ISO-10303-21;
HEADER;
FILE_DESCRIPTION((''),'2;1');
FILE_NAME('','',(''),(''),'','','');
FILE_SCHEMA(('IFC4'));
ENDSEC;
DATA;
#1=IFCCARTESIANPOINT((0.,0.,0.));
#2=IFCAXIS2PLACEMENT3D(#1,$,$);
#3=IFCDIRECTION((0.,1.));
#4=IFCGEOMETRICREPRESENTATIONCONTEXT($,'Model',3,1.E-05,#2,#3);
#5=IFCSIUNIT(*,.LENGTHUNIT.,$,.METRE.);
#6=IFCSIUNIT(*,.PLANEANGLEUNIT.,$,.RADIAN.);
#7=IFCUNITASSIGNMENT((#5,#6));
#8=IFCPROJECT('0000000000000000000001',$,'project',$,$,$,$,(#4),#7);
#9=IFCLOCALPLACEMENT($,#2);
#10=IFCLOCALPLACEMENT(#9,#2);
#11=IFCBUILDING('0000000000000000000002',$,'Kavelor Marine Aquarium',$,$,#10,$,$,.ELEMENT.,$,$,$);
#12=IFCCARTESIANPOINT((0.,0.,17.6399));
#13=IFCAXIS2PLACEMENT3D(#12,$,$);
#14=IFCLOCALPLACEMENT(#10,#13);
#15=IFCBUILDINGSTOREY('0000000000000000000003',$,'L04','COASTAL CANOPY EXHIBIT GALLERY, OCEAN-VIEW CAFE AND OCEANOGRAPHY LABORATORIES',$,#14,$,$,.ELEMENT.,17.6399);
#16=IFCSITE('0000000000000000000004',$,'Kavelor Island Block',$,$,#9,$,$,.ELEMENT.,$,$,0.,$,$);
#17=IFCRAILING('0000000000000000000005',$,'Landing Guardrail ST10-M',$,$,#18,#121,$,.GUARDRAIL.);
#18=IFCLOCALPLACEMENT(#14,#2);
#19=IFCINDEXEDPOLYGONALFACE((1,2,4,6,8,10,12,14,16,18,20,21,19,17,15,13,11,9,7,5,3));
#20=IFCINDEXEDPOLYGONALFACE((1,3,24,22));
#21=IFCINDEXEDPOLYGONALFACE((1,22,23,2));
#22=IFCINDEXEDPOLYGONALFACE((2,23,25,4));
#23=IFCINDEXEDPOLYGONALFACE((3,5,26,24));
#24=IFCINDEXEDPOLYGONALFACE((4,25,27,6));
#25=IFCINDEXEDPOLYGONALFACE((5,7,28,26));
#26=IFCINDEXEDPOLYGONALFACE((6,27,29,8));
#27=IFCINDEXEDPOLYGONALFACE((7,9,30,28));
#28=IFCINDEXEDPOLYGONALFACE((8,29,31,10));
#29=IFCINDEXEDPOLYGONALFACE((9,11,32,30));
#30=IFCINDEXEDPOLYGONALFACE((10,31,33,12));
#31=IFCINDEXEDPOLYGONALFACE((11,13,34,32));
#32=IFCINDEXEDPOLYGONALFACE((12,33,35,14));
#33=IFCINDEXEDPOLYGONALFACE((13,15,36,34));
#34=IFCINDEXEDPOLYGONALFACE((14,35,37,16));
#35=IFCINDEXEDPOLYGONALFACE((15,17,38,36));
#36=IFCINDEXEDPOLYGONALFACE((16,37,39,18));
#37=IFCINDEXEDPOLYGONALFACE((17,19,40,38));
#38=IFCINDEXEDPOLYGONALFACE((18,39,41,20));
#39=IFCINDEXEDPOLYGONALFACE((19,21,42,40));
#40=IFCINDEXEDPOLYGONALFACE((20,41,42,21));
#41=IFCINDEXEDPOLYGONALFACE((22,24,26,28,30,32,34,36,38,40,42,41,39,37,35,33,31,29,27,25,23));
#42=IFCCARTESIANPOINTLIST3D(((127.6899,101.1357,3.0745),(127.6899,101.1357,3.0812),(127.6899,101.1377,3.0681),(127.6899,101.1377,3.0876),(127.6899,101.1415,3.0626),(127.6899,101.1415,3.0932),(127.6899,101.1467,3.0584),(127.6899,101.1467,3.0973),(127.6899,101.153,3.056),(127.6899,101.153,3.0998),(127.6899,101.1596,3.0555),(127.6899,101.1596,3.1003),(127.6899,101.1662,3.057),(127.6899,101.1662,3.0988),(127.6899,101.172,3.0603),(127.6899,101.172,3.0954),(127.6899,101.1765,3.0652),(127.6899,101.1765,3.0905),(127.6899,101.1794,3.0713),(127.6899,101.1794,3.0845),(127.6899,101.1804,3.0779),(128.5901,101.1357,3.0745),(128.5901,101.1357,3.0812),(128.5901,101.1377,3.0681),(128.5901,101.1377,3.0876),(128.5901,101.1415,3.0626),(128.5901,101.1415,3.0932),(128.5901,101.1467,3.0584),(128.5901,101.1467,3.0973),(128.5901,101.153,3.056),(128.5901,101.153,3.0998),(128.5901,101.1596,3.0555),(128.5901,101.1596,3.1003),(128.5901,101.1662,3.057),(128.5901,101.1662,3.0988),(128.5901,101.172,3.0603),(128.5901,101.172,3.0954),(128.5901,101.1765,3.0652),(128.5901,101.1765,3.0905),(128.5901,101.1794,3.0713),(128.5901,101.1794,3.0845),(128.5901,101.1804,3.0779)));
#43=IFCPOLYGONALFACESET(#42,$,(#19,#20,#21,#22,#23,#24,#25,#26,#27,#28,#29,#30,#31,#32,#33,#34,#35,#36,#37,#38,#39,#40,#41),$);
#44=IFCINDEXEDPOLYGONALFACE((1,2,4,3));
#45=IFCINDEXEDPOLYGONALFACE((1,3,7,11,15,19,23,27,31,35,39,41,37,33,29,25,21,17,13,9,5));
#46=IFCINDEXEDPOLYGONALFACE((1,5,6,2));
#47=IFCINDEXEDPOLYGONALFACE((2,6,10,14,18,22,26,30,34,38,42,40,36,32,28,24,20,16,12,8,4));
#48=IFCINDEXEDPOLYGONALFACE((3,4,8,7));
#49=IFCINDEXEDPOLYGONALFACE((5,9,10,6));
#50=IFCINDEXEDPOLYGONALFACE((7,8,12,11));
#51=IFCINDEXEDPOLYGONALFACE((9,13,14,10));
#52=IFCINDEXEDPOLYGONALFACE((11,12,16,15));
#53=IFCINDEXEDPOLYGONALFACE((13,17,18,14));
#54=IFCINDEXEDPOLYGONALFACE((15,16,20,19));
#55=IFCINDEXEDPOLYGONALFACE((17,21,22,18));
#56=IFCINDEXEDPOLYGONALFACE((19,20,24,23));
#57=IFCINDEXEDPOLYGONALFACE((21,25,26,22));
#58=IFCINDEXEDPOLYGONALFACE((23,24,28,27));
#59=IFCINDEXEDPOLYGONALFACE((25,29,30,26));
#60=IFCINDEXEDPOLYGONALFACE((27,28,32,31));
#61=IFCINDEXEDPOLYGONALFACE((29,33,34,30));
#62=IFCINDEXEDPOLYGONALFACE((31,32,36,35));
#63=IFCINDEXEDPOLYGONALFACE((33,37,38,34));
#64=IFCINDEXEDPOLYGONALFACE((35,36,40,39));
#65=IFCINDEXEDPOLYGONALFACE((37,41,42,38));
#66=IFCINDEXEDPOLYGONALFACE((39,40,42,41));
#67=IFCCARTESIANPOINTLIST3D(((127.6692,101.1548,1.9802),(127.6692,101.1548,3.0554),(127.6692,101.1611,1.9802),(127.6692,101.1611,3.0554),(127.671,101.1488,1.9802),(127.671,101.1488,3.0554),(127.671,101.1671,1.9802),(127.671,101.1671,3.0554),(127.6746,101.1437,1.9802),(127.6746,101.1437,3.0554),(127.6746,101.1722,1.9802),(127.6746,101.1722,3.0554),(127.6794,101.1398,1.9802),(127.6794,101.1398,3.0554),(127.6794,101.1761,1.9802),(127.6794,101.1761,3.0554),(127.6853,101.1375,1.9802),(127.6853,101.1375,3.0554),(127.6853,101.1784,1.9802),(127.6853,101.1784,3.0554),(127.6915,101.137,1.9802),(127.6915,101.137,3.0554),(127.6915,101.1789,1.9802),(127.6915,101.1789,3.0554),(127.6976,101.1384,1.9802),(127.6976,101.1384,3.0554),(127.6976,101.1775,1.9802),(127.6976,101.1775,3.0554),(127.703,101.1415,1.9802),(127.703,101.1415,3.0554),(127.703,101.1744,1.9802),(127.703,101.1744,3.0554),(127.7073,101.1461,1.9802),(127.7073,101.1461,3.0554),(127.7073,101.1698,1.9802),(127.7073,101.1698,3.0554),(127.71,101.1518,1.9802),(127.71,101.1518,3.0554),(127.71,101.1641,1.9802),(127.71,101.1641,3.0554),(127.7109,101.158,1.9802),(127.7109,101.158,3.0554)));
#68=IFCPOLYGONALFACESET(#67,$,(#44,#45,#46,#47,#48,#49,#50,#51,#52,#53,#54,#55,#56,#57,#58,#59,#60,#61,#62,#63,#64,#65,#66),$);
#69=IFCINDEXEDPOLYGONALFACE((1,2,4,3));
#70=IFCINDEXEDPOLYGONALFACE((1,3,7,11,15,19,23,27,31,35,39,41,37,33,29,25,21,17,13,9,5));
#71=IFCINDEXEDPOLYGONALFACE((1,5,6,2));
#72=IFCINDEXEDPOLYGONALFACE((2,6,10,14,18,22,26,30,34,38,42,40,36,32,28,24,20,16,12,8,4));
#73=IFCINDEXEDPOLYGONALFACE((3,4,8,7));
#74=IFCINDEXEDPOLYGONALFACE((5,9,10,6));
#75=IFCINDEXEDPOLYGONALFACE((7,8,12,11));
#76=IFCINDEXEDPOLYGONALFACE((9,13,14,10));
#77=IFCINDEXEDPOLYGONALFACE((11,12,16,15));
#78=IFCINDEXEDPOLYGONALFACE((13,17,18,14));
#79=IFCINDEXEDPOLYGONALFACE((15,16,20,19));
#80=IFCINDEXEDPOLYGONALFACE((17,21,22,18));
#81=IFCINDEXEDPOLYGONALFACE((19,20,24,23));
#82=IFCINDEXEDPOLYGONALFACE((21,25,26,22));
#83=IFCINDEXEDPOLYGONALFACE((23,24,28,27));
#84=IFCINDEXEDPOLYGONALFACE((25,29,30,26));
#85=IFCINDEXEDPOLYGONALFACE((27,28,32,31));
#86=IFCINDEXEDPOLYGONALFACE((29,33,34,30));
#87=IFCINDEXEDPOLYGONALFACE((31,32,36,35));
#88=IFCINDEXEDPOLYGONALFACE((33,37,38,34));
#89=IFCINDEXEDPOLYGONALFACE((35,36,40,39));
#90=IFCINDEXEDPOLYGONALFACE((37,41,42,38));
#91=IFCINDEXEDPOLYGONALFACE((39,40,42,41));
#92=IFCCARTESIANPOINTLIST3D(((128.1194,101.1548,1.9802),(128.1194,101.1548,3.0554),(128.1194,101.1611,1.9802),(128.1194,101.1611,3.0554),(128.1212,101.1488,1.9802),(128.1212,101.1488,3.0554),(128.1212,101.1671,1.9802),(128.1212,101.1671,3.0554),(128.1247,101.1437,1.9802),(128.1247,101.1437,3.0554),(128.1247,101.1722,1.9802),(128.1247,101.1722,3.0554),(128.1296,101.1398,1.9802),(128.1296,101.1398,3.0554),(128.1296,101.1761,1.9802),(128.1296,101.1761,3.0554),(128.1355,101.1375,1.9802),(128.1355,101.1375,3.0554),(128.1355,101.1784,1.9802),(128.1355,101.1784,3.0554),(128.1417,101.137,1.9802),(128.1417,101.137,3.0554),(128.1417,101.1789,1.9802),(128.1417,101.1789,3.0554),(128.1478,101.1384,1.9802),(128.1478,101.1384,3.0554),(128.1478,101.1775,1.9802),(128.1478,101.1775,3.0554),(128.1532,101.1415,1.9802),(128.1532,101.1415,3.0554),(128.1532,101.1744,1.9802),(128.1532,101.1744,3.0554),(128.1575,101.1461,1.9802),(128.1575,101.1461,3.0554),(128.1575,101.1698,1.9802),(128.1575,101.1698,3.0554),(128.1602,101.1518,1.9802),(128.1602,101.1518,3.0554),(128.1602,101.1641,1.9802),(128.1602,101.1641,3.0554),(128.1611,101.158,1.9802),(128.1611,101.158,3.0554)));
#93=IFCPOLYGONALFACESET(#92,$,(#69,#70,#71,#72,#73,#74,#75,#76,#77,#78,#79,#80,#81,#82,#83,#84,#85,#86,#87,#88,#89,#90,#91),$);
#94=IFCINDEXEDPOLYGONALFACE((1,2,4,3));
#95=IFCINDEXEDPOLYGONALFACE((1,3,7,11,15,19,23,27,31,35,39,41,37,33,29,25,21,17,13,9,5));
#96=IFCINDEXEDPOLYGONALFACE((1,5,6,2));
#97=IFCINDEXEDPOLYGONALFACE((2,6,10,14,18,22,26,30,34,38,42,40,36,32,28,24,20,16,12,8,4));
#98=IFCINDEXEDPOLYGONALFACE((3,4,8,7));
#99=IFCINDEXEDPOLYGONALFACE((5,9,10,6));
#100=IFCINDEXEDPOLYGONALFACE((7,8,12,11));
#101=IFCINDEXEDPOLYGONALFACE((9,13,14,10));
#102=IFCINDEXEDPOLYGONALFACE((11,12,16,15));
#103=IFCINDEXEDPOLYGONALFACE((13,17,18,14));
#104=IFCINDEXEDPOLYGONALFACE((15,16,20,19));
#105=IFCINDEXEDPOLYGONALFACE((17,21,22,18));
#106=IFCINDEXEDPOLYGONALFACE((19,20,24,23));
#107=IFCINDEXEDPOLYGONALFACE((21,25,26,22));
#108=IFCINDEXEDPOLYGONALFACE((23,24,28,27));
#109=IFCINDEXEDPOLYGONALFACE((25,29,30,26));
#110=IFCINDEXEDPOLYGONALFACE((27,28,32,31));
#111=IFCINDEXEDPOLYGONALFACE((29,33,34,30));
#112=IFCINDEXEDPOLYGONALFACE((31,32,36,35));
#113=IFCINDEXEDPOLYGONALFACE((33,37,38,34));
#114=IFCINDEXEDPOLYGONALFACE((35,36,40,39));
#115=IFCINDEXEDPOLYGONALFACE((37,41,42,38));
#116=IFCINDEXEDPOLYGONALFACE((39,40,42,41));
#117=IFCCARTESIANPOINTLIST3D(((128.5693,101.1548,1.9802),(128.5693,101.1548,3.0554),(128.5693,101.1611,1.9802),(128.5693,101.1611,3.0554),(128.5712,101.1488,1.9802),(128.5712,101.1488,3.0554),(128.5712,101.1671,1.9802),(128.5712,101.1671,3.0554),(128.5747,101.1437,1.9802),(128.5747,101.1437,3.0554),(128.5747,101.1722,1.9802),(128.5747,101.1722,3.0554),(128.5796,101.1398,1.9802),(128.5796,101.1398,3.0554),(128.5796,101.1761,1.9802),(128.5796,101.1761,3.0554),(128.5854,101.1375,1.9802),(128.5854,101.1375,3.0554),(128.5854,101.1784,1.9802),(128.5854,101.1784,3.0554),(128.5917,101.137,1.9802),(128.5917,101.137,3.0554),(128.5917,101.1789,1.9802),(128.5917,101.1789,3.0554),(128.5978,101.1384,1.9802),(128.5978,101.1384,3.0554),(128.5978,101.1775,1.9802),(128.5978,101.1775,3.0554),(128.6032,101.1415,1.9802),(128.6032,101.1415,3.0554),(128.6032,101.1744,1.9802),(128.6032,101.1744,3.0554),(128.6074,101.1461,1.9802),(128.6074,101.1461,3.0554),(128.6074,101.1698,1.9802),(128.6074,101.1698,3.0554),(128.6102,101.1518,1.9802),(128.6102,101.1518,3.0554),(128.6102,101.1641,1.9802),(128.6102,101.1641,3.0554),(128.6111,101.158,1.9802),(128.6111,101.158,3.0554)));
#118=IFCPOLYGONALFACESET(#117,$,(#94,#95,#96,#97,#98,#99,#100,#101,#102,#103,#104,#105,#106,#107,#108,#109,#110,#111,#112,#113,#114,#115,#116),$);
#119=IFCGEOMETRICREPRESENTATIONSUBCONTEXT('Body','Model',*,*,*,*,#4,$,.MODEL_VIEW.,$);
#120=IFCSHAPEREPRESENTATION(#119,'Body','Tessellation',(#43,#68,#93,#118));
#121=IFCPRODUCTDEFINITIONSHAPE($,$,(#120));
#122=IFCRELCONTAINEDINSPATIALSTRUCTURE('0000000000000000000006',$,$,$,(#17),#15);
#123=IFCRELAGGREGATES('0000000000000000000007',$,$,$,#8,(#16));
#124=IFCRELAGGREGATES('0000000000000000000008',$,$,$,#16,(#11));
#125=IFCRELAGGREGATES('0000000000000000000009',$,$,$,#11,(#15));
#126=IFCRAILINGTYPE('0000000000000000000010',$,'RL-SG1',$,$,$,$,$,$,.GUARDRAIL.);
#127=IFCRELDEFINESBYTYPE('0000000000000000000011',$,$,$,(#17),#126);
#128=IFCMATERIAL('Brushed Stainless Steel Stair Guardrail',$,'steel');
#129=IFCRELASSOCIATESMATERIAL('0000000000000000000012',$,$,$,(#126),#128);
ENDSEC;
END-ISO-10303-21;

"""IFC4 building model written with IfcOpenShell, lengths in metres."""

from ifc_helpers import new_model, si_unit, direction, frame, origin, origin_2d, place, context, subcontext, project, spatial, circle, extrude, material, type_object, element, save


model = new_model("IFC4")

# Units and contexts
model_context = context("Model", 3, precision=1e-05, world=origin(), true_north=direction((0.0, 1.0)))
body_context = subcontext(model_context, "Body", "Model", "MODEL_VIEW")
ifc_project = project(units=[si_unit("LENGTHUNIT", "METRE"), si_unit("PLANEANGLEUNIT", "RADIAN")], contexts=[model_context])

# Site, building, storey
site_placement = place(None, origin())
site = spatial("IfcSite", under=ifc_project, at=site_placement, Name="Kavelor Island Block", CompositionType="ELEMENT", RefElevation=0.0)
building_placement = place(site_placement, origin())
building = spatial("IfcBuilding", under=site, at=building_placement, Name="Kavelor Marine Aquarium", CompositionType="ELEMENT")
storey_placement = place(building_placement, frame((0.0, 0.0, 17.6399)))
storey = spatial("IfcBuildingStorey", under=building, at=storey_placement, Name="L04", Description="COASTAL CANOPY EXHIBIT GALLERY, OCEAN-VIEW CAFE AND OCEANOGRAPHY LABORATORIES", CompositionType="ELEMENT", Elevation=17.6399)

# Railing
ifc_material_1 = material(Name="Brushed Stainless Steel Stair Guardrail", Category="steel")
railing_type_1 = type_object("IfcRailingType", Name="RL-SG1", PredefinedType="GUARDRAIL", material=ifc_material_1)
railing_1_placement = place(storey_placement, frame((127.6899, 101.158, 1.9802)))
element("IfcRailing", 1, at=railing_1_placement, inside=storey, type_object=railing_type_1, Name="Landing Guardrail ST10-M", PredefinedType="GUARDRAIL", context=body_context, shape_type="SweptSolid", body=[
    extrude(circle(Radius=0.0225, at=origin_2d()), frame((0.0, 0.0, 1.0977), z_axis=(1.0, 0.0, 0.0), x_axis=(0.0, 1.0, 0.0)), (0.0, 0.0, 1.0), 0.9001),
    extrude(circle(Radius=0.021, at=origin_2d()), origin(), (0.0, 0.0, 1.0), 1.0752),
    extrude(circle(Radius=0.021, at=origin_2d()), frame((0.4502, 0.0, 0.0)), (0.0, 0.0, 1.0), 1.0752),
    extrude(circle(Radius=0.021, at=origin_2d()), frame((0.9001, 0.0, 0.0)), (0.0, 0.0, 1.0), 1.0752),
])

save(model, "model.ifc")
